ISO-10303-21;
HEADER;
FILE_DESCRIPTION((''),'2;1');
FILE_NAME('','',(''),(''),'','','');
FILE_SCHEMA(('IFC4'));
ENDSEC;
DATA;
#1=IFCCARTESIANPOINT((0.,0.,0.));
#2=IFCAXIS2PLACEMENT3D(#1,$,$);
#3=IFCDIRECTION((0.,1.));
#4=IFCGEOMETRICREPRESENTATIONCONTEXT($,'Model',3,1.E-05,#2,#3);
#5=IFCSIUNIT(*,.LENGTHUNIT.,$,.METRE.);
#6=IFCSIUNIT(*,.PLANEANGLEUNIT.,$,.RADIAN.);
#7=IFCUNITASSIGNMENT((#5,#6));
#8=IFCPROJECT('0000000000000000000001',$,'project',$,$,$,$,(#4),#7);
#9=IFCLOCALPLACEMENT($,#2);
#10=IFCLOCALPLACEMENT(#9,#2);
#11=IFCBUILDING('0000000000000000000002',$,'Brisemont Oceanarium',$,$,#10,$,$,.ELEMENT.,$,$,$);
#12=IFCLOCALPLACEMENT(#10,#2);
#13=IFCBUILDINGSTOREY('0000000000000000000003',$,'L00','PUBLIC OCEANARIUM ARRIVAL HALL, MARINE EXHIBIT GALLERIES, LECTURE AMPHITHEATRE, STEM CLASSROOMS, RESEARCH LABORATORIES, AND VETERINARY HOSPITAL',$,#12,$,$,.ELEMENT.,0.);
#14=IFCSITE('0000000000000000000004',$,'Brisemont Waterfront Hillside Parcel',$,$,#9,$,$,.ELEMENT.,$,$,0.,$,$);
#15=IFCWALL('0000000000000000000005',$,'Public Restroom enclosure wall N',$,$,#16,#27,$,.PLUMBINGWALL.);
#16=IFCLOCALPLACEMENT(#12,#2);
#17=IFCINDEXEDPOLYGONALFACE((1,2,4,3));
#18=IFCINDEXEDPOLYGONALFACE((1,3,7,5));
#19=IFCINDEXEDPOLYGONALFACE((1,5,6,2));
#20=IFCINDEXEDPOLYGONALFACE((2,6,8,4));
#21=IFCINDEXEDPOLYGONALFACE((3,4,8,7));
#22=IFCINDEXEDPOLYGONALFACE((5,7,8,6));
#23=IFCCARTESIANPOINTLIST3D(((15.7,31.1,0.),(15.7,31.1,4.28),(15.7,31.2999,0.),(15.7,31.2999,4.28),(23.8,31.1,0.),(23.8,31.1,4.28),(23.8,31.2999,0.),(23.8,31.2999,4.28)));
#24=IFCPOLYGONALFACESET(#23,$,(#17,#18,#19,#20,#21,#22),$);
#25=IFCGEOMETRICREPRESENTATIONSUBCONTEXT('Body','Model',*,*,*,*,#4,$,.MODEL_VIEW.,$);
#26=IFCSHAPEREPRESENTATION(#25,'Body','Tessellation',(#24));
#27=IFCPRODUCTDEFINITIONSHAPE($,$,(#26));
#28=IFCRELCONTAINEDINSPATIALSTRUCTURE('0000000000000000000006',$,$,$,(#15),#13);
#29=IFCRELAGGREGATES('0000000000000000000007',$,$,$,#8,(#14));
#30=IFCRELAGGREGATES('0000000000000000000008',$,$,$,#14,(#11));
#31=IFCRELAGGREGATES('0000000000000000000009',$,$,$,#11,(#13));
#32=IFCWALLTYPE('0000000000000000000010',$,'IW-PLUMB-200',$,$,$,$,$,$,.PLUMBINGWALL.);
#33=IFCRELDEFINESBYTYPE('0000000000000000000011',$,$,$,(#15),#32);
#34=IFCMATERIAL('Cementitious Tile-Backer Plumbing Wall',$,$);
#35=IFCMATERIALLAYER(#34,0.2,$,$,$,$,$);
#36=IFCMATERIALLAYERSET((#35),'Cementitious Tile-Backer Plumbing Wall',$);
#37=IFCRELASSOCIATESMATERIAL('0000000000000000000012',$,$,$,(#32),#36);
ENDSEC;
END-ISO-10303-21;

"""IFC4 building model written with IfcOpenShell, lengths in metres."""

from ifc_helpers import new_model, si_unit, direction, frame, frame_2d, origin, place, context, subcontext, project, spatial, rectangle, extrude, material, layer, layer_set, type_object, element, save


model = new_model("IFC4")

# Units and contexts
model_context = context("Model", 3, precision=1e-05, world=origin(), true_north=direction((0.0, 1.0)))
body_context = subcontext(model_context, "Body", "Model", "MODEL_VIEW")
ifc_project = project(units=[si_unit("LENGTHUNIT", "METRE"), si_unit("PLANEANGLEUNIT", "RADIAN")], contexts=[model_context])

# Site, building, storey
site_placement = place(None, origin())
site = spatial("IfcSite", under=ifc_project, at=site_placement, Name="Brisemont Waterfront Hillside Parcel", CompositionType="ELEMENT", RefElevation=0.0)
building_placement = place(site_placement, origin())
building = spatial("IfcBuilding", under=site, at=building_placement, Name="Brisemont Oceanarium", CompositionType="ELEMENT")
storey_placement = place(building_placement, origin())
storey = spatial("IfcBuildingStorey", under=building, at=storey_placement, Name="L00", Description="PUBLIC OCEANARIUM ARRIVAL HALL, MARINE EXHIBIT GALLERIES, LECTURE AMPHITHEATRE, STEM CLASSROOMS, RESEARCH LABORATORIES, AND VETERINARY HOSPITAL", CompositionType="ELEMENT", Elevation=0.0)

# Wall
ifc_material_1 = material(Name="Cementitious Tile-Backer Plumbing Wall")
ifc_layer_1 = layer(ifc_material_1, 0.2)
ifc_layer_set_1 = layer_set([ifc_layer_1], Name="Cementitious Tile-Backer Plumbing Wall")
wall_type = type_object("IfcWallType", Name="IW-PLUMB-200", PredefinedType="PLUMBINGWALL", material=ifc_layer_set_1)
wall_1_placement = place(storey_placement, frame((15.7, 31.2, 0.0), z_axis=(0.0, 0.0, 1.0), x_axis=(1.0, 0.0, 0.0)))
element("IfcWall", 1, at=wall_1_placement, inside=storey, type_object=wall_type, Name="Public Restroom enclosure wall N", PredefinedType="PLUMBINGWALL", context=body_context, shape_type="SweptSolid", body=[
    extrude(rectangle(XDim=8.1001, YDim=0.2, at=frame_2d((4.05, 0.0))), origin(), (0.0, 0.0, 1.0), 4.28),
])

save(model, "model.ifc")
